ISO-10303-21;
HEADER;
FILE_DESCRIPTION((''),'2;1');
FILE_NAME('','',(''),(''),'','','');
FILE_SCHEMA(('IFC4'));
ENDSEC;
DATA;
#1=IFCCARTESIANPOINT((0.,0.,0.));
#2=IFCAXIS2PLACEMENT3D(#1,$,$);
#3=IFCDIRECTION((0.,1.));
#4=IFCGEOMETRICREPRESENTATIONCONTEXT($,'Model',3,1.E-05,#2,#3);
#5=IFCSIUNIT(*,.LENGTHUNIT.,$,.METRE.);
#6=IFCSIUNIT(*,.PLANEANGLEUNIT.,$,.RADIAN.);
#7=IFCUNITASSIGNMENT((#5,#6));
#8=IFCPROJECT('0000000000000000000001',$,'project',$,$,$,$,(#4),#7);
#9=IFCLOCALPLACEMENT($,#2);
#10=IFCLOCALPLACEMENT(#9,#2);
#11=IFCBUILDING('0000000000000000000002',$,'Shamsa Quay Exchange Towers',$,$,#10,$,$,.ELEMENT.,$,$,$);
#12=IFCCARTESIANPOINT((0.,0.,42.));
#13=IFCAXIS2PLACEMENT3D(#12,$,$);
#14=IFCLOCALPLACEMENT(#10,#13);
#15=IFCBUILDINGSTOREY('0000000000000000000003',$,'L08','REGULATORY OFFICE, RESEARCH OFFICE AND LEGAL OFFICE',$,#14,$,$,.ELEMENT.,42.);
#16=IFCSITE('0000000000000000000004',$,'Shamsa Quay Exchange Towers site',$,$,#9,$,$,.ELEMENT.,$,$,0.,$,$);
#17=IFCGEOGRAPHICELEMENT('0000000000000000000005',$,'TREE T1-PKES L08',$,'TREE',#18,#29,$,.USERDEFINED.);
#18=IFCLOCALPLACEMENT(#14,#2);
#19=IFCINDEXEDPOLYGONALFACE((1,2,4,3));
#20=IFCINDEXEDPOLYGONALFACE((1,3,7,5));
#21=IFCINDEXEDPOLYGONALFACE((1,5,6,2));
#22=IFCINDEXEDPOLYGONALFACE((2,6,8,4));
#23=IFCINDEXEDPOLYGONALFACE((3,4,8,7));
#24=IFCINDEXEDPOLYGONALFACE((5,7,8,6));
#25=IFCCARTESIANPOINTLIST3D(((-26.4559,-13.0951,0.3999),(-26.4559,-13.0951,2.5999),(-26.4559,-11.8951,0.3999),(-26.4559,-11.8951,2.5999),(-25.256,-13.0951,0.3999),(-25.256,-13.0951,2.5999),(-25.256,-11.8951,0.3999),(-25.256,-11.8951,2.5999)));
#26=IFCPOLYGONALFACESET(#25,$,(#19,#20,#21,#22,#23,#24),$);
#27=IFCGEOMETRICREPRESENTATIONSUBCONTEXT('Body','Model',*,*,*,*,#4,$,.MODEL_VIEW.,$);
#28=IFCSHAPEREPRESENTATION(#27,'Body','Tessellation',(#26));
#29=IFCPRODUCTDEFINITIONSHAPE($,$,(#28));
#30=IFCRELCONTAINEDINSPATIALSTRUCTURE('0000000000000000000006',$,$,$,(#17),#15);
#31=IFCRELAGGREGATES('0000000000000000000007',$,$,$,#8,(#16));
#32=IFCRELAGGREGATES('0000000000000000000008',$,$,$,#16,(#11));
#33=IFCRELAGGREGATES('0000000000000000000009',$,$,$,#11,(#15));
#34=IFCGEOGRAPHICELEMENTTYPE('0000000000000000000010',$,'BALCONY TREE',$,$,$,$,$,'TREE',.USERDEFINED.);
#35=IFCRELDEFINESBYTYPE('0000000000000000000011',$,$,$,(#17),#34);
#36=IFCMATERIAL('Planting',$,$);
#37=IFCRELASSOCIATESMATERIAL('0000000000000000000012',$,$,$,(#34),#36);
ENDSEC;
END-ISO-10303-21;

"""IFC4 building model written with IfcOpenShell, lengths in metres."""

from ifc_helpers import new_model, si_unit, direction, frame, origin, origin_2d, place, context, subcontext, project, spatial, rectangle, extrude, material, type_object, element, save


model = new_model("IFC4")

# Units and contexts
model_context = context("Model", 3, precision=1e-05, world=origin(), true_north=direction((0.0, 1.0)))
body_context = subcontext(model_context, "Body", "Model", "MODEL_VIEW")
ifc_project = project(units=[si_unit("LENGTHUNIT", "METRE"), si_unit("PLANEANGLEUNIT", "RADIAN")], contexts=[model_context])

# Site, building, storey
site_placement = place(None, origin())
site = spatial("IfcSite", under=ifc_project, at=site_placement, Name="Shamsa Quay Exchange Towers site", CompositionType="ELEMENT", RefElevation=0.0)
building_placement = place(site_placement, origin())
building = spatial("IfcBuilding", under=site, at=building_placement, Name="Shamsa Quay Exchange Towers", CompositionType="ELEMENT")
storey_placement = place(building_placement, frame((0.0, 0.0, 42.0)))
storey = spatial("IfcBuildingStorey", under=building, at=storey_placement, Name="L08", Description="REGULATORY OFFICE, RESEARCH OFFICE AND LEGAL OFFICE", CompositionType="ELEMENT", Elevation=42.0)

# Geographic element
ifc_material_1 = material(Name="Planting")
geographic_element_type = type_object("IfcGeographicElementType", Name="BALCONY TREE", ElementType="TREE", PredefinedType="USERDEFINED", material=ifc_material_1)
geographic_element_placement = place(storey_placement, frame((-25.856, -12.4951, 0.3999)))
element("IfcGeographicElement", 1, at=geographic_element_placement, inside=storey, type_object=geographic_element_type, Name="TREE T1-PKES L08", ObjectType="TREE", PredefinedType="USERDEFINED", context=body_context, shape_type="SweptSolid", body=[
    extrude(rectangle(XDim=1.2, YDim=1.2, at=origin_2d()), origin(), (0.0, 0.0, 1.0), 2.2),
])

save(model, "model.ifc")
